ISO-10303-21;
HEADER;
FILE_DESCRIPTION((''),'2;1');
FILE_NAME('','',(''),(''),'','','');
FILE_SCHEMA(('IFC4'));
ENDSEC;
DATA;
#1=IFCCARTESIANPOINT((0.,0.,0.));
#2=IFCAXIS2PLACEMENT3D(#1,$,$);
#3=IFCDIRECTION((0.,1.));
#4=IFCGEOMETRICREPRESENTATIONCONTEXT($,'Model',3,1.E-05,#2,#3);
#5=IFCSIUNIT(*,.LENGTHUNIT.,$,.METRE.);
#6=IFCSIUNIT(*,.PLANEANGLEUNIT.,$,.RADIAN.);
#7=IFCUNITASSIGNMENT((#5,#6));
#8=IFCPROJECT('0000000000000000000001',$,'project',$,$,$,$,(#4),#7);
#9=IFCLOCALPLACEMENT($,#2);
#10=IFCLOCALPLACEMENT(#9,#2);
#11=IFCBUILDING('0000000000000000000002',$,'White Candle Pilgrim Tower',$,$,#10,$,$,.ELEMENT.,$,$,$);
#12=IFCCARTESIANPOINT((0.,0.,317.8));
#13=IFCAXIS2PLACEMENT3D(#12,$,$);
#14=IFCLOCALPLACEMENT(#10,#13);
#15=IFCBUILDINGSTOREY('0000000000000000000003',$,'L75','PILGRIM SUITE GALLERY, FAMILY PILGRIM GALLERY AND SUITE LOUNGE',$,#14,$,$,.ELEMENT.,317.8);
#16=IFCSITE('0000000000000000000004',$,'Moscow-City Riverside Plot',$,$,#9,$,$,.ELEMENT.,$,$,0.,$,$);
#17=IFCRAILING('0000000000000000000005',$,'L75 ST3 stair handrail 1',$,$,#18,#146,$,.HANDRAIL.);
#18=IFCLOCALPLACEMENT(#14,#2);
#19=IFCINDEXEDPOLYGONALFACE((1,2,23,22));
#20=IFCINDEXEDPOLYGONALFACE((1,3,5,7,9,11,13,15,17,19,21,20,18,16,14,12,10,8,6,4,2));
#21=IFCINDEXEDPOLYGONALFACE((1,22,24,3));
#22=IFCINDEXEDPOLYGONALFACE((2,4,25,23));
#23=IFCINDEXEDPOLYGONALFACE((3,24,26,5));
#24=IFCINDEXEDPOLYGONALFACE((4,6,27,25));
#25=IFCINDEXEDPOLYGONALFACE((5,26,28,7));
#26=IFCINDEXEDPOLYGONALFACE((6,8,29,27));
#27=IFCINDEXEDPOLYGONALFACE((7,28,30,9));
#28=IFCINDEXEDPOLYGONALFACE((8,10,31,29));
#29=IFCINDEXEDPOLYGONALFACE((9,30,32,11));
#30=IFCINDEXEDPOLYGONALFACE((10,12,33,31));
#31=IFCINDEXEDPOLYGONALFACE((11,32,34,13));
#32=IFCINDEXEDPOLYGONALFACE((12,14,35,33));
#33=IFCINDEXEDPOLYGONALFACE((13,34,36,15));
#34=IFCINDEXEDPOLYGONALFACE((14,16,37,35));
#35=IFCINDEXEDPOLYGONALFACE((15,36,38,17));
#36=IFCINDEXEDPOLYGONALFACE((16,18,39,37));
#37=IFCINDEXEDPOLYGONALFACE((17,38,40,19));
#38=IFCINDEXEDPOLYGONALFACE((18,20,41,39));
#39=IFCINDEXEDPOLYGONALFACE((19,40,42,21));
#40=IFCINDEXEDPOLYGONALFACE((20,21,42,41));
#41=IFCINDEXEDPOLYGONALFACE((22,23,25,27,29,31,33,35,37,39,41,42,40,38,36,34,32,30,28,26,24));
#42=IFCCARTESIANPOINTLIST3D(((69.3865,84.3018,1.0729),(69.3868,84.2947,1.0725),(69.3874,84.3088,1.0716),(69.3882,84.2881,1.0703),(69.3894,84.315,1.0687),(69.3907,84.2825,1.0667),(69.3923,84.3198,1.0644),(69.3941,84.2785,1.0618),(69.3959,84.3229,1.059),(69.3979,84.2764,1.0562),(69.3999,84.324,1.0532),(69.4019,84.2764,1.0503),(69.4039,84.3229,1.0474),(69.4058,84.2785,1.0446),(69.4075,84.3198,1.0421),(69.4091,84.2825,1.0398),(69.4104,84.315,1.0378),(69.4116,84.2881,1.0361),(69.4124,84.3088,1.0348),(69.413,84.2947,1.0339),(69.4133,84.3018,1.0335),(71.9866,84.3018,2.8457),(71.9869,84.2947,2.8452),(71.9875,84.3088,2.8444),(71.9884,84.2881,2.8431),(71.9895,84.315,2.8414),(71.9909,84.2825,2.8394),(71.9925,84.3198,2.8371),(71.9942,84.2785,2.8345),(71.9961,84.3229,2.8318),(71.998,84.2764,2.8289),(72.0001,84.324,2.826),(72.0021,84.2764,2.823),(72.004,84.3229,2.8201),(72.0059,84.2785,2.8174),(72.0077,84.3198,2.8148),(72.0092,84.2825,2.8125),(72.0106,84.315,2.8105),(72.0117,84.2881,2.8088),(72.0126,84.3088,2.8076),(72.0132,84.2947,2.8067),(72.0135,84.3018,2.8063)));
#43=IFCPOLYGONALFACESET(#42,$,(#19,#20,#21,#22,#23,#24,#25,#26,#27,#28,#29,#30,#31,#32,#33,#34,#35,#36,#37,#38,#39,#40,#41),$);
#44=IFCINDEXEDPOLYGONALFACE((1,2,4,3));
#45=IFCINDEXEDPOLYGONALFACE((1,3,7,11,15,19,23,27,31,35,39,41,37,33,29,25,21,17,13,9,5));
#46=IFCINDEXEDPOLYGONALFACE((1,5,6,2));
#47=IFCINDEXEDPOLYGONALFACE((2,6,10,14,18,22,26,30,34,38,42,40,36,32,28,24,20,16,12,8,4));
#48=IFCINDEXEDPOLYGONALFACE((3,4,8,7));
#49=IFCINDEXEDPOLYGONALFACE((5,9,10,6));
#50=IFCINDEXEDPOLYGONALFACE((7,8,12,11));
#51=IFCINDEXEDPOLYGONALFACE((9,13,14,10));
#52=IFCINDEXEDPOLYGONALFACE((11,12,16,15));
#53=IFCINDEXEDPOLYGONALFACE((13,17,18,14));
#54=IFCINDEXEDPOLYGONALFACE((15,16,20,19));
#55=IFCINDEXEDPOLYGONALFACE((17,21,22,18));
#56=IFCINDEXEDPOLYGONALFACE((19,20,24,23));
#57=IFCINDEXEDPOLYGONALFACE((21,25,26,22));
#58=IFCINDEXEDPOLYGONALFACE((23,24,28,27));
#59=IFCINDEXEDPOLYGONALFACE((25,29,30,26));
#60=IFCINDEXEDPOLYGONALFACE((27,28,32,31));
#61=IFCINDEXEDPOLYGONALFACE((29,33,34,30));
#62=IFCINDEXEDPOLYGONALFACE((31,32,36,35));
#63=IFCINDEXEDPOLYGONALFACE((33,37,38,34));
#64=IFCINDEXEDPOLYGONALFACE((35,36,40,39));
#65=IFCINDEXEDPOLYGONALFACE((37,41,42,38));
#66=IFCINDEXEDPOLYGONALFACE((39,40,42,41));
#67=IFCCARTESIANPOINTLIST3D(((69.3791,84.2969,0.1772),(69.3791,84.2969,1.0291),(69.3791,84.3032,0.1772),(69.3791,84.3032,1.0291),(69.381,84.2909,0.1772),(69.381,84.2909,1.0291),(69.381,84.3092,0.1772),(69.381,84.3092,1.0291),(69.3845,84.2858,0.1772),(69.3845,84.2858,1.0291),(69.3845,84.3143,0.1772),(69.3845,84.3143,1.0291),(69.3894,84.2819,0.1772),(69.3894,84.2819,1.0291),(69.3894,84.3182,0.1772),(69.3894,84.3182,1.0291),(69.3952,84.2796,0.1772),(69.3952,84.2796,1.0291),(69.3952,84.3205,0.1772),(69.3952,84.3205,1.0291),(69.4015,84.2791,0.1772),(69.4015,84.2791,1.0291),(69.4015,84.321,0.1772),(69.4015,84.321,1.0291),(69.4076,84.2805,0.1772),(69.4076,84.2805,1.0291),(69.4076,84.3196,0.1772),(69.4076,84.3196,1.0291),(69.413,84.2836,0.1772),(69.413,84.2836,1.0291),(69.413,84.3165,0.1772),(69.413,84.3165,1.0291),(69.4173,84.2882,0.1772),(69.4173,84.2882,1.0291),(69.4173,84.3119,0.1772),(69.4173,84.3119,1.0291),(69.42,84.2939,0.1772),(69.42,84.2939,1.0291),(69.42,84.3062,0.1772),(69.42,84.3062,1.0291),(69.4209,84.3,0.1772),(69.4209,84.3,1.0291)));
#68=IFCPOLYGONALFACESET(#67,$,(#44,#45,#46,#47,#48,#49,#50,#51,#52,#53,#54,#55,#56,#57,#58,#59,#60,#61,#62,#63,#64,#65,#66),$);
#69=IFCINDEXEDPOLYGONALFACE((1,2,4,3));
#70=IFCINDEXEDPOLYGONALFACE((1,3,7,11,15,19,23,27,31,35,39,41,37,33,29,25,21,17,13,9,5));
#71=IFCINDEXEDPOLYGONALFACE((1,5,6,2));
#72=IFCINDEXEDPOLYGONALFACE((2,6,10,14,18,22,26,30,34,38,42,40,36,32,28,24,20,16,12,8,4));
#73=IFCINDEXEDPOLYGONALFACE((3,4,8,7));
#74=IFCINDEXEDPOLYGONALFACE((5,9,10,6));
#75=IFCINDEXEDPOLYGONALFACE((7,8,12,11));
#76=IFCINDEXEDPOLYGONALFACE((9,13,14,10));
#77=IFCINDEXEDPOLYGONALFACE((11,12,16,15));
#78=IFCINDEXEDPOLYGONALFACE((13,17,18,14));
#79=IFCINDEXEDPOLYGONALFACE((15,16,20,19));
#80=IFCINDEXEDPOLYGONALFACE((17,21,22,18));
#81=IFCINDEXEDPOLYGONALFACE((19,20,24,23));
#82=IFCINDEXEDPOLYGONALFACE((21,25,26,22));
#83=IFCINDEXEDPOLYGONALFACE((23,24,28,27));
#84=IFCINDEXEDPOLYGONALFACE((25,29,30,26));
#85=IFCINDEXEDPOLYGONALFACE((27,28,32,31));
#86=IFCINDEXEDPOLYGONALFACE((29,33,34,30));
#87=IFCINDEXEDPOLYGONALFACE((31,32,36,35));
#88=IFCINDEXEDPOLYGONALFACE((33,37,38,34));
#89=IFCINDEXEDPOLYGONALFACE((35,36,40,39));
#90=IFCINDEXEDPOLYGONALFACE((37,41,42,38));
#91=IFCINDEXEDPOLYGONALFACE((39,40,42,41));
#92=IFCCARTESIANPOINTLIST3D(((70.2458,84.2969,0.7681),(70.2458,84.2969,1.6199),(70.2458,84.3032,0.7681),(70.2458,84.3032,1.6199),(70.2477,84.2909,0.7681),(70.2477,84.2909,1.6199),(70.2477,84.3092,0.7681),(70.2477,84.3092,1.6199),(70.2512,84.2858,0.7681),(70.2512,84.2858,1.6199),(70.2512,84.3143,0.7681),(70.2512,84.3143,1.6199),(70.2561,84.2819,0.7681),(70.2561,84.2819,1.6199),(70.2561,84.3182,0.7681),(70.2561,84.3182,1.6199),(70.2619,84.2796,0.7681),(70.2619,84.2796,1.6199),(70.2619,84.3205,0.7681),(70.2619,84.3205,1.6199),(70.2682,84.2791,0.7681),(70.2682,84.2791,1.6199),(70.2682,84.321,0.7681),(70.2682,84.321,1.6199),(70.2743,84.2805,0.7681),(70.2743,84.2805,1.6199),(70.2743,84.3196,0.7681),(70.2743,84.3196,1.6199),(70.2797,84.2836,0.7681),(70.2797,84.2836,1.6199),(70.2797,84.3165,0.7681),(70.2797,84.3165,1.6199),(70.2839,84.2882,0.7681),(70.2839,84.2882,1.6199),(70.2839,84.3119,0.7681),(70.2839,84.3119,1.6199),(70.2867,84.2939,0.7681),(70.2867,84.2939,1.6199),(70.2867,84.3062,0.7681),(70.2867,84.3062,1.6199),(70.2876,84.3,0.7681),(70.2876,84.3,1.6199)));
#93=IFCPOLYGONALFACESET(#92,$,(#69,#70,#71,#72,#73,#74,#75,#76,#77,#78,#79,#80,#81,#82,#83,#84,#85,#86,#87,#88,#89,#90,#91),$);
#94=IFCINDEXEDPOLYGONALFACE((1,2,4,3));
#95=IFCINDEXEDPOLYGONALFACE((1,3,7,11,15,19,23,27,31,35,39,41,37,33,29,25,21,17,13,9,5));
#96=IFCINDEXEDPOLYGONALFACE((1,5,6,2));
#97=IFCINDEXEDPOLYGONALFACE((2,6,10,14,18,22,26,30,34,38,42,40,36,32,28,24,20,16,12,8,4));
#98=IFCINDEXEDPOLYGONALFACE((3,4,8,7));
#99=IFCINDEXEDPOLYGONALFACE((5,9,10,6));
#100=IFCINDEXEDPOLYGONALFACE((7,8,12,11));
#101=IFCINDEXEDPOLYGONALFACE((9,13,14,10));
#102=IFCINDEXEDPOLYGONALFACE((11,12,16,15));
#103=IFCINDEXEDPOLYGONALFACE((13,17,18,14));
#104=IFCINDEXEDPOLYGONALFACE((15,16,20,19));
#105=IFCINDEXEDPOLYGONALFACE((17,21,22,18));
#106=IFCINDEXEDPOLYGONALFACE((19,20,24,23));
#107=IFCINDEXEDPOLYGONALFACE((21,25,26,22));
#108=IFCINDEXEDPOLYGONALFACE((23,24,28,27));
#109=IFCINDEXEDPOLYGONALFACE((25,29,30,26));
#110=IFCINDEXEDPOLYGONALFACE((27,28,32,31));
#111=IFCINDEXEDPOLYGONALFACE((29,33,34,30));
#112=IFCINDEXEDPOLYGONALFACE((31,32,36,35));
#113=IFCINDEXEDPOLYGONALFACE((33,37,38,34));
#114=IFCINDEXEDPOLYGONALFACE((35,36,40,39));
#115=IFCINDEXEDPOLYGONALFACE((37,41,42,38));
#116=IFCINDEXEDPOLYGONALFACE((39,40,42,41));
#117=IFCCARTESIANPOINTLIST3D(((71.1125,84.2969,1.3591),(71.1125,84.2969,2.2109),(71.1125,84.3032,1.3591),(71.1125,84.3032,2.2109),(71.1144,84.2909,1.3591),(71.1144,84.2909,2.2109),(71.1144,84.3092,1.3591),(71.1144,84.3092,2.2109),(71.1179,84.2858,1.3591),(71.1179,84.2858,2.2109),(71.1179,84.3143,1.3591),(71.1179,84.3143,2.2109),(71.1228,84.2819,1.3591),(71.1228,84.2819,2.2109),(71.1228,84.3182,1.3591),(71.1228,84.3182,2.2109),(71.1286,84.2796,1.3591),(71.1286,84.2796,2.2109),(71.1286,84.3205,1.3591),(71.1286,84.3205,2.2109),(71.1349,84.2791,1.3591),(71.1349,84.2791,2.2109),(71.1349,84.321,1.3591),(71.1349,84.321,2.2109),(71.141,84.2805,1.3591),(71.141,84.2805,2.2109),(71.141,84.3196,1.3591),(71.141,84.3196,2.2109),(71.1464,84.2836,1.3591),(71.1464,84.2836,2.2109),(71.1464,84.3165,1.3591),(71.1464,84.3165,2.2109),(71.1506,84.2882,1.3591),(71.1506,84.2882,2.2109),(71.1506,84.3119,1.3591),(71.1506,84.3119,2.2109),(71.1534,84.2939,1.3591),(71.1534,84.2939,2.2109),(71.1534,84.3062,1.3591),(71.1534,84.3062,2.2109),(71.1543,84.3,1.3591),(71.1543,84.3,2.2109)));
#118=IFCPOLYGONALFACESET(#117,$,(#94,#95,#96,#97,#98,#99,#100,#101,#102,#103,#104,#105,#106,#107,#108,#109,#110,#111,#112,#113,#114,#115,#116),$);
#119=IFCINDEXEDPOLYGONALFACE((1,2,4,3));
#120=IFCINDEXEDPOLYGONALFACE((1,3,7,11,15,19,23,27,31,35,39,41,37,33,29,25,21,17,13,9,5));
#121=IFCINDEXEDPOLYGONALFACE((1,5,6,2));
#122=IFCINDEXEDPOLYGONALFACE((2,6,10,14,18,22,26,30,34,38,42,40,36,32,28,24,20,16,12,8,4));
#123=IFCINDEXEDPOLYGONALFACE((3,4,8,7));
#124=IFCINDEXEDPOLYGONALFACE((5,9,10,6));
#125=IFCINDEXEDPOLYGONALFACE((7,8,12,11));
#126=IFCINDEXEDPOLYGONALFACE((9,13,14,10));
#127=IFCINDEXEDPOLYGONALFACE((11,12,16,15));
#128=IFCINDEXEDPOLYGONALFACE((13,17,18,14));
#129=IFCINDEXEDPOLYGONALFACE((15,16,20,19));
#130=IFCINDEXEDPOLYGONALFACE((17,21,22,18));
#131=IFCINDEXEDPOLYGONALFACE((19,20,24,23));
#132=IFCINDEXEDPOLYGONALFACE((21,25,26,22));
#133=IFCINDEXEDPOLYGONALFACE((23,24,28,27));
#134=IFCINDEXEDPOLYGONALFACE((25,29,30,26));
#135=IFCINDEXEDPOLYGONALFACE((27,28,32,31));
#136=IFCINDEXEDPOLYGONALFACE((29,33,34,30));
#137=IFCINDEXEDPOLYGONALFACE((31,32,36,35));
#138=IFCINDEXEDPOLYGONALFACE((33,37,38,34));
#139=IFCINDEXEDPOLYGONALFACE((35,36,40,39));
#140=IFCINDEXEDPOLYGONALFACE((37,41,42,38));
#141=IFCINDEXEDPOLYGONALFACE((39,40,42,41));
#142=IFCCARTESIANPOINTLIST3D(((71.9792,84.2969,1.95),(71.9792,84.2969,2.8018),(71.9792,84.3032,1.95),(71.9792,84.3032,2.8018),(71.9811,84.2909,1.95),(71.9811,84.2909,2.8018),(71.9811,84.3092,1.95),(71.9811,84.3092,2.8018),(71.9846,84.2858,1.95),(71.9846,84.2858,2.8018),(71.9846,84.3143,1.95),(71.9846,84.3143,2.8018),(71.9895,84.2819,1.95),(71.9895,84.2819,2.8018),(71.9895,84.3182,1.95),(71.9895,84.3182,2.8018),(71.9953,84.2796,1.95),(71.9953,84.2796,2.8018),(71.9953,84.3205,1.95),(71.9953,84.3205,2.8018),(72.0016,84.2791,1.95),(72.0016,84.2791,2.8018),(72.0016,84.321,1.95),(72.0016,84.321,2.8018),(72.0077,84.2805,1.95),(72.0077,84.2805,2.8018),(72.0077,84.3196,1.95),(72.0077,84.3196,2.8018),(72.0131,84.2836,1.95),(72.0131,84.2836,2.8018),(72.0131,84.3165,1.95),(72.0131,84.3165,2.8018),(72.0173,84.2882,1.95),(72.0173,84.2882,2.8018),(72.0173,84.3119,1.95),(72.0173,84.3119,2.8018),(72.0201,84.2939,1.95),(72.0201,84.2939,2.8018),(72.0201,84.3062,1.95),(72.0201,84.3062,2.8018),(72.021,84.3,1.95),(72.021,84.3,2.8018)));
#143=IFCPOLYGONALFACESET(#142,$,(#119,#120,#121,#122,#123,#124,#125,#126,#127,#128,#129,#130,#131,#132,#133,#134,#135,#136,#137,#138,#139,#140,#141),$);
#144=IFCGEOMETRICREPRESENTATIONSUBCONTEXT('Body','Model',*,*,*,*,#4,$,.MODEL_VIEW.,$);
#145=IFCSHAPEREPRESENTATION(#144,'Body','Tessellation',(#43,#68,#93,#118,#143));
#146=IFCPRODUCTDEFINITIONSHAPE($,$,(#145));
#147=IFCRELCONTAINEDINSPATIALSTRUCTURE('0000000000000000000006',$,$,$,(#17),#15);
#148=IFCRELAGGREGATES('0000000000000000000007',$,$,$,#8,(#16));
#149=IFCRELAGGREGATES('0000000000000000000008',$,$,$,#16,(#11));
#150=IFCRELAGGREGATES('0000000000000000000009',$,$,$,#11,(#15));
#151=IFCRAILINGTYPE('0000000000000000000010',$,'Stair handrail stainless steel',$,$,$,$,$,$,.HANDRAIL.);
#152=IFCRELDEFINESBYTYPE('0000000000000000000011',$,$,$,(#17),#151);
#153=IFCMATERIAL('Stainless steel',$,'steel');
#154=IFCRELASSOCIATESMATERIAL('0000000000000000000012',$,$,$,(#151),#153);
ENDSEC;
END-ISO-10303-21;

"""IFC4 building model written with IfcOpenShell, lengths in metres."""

from ifc_helpers import new_model, si_unit, direction, frame, origin, origin_2d, place, context, subcontext, project, spatial, circle, extrude, material, type_object, element, save


model = new_model("IFC4")

# Units and contexts
model_context = context("Model", 3, precision=1e-05, world=origin(), true_north=direction((0.0, 1.0)))
body_context = subcontext(model_context, "Body", "Model", "MODEL_VIEW")
ifc_project = project(units=[si_unit("LENGTHUNIT", "METRE"), si_unit("PLANEANGLEUNIT", "RADIAN")], contexts=[model_context])

# Site, building, storey
site_placement = place(None, origin())
site = spatial("IfcSite", under=ifc_project, at=site_placement, Name="Moscow-City Riverside Plot", CompositionType="ELEMENT", RefElevation=0.0)
building_placement = place(site_placement, origin())
building = spatial("IfcBuilding", under=site, at=building_placement, Name="White Candle Pilgrim Tower", CompositionType="ELEMENT")
storey_placement = place(building_placement, frame((0.0, 0.0, 317.8)))
storey = spatial("IfcBuildingStorey", under=building, at=storey_placement, Name="L75", Description="PILGRIM SUITE GALLERY, FAMILY PILGRIM GALLERY AND SUITE LOUNGE", CompositionType="ELEMENT", Elevation=317.8)

# Railing
ifc_material_1 = material(Name="Stainless steel", Category="steel")
railing_type_1 = type_object("IfcRailingType", Name="Stair handrail stainless steel", PredefinedType="HANDRAIL", material=ifc_material_1)
railing_1_placement = place(storey_placement, frame((69.3999, 84.3, 0.1772)))
element("IfcRailing", 1, at=railing_1_placement, inside=storey, type_object=railing_type_1, Name="L75 ST3 stair handrail 1", PredefinedType="HANDRAIL", context=body_context, shape_type="SweptSolid", body=[
    extrude(circle(Radius=0.0239, at=origin_2d()), frame((0.0, 0.0, 0.876), z_axis=(0.82624, 0.0, 0.563318), x_axis=(0.0, 1.0, 0.0)), (0.0, 0.0, 1.0), 3.147),
    extrude(circle(Radius=0.021, at=origin_2d()), origin(), (0.0, 0.0, 1.0), 0.8518),
    extrude(circle(Radius=0.021, at=origin_2d()), frame((0.8667, 0.0, 0.5908)), (0.0, 0.0, 1.0), 0.8518),
    extrude(circle(Radius=0.021, at=origin_2d()), frame((1.7334, 0.0, 1.1819)), (0.0, 0.0, 1.0), 0.8518),
    extrude(circle(Radius=0.021, at=origin_2d()), frame((2.6001, 0.0, 1.7727)), (0.0, 0.0, 1.0), 0.8518),
])

save(model, "model.ifc")
